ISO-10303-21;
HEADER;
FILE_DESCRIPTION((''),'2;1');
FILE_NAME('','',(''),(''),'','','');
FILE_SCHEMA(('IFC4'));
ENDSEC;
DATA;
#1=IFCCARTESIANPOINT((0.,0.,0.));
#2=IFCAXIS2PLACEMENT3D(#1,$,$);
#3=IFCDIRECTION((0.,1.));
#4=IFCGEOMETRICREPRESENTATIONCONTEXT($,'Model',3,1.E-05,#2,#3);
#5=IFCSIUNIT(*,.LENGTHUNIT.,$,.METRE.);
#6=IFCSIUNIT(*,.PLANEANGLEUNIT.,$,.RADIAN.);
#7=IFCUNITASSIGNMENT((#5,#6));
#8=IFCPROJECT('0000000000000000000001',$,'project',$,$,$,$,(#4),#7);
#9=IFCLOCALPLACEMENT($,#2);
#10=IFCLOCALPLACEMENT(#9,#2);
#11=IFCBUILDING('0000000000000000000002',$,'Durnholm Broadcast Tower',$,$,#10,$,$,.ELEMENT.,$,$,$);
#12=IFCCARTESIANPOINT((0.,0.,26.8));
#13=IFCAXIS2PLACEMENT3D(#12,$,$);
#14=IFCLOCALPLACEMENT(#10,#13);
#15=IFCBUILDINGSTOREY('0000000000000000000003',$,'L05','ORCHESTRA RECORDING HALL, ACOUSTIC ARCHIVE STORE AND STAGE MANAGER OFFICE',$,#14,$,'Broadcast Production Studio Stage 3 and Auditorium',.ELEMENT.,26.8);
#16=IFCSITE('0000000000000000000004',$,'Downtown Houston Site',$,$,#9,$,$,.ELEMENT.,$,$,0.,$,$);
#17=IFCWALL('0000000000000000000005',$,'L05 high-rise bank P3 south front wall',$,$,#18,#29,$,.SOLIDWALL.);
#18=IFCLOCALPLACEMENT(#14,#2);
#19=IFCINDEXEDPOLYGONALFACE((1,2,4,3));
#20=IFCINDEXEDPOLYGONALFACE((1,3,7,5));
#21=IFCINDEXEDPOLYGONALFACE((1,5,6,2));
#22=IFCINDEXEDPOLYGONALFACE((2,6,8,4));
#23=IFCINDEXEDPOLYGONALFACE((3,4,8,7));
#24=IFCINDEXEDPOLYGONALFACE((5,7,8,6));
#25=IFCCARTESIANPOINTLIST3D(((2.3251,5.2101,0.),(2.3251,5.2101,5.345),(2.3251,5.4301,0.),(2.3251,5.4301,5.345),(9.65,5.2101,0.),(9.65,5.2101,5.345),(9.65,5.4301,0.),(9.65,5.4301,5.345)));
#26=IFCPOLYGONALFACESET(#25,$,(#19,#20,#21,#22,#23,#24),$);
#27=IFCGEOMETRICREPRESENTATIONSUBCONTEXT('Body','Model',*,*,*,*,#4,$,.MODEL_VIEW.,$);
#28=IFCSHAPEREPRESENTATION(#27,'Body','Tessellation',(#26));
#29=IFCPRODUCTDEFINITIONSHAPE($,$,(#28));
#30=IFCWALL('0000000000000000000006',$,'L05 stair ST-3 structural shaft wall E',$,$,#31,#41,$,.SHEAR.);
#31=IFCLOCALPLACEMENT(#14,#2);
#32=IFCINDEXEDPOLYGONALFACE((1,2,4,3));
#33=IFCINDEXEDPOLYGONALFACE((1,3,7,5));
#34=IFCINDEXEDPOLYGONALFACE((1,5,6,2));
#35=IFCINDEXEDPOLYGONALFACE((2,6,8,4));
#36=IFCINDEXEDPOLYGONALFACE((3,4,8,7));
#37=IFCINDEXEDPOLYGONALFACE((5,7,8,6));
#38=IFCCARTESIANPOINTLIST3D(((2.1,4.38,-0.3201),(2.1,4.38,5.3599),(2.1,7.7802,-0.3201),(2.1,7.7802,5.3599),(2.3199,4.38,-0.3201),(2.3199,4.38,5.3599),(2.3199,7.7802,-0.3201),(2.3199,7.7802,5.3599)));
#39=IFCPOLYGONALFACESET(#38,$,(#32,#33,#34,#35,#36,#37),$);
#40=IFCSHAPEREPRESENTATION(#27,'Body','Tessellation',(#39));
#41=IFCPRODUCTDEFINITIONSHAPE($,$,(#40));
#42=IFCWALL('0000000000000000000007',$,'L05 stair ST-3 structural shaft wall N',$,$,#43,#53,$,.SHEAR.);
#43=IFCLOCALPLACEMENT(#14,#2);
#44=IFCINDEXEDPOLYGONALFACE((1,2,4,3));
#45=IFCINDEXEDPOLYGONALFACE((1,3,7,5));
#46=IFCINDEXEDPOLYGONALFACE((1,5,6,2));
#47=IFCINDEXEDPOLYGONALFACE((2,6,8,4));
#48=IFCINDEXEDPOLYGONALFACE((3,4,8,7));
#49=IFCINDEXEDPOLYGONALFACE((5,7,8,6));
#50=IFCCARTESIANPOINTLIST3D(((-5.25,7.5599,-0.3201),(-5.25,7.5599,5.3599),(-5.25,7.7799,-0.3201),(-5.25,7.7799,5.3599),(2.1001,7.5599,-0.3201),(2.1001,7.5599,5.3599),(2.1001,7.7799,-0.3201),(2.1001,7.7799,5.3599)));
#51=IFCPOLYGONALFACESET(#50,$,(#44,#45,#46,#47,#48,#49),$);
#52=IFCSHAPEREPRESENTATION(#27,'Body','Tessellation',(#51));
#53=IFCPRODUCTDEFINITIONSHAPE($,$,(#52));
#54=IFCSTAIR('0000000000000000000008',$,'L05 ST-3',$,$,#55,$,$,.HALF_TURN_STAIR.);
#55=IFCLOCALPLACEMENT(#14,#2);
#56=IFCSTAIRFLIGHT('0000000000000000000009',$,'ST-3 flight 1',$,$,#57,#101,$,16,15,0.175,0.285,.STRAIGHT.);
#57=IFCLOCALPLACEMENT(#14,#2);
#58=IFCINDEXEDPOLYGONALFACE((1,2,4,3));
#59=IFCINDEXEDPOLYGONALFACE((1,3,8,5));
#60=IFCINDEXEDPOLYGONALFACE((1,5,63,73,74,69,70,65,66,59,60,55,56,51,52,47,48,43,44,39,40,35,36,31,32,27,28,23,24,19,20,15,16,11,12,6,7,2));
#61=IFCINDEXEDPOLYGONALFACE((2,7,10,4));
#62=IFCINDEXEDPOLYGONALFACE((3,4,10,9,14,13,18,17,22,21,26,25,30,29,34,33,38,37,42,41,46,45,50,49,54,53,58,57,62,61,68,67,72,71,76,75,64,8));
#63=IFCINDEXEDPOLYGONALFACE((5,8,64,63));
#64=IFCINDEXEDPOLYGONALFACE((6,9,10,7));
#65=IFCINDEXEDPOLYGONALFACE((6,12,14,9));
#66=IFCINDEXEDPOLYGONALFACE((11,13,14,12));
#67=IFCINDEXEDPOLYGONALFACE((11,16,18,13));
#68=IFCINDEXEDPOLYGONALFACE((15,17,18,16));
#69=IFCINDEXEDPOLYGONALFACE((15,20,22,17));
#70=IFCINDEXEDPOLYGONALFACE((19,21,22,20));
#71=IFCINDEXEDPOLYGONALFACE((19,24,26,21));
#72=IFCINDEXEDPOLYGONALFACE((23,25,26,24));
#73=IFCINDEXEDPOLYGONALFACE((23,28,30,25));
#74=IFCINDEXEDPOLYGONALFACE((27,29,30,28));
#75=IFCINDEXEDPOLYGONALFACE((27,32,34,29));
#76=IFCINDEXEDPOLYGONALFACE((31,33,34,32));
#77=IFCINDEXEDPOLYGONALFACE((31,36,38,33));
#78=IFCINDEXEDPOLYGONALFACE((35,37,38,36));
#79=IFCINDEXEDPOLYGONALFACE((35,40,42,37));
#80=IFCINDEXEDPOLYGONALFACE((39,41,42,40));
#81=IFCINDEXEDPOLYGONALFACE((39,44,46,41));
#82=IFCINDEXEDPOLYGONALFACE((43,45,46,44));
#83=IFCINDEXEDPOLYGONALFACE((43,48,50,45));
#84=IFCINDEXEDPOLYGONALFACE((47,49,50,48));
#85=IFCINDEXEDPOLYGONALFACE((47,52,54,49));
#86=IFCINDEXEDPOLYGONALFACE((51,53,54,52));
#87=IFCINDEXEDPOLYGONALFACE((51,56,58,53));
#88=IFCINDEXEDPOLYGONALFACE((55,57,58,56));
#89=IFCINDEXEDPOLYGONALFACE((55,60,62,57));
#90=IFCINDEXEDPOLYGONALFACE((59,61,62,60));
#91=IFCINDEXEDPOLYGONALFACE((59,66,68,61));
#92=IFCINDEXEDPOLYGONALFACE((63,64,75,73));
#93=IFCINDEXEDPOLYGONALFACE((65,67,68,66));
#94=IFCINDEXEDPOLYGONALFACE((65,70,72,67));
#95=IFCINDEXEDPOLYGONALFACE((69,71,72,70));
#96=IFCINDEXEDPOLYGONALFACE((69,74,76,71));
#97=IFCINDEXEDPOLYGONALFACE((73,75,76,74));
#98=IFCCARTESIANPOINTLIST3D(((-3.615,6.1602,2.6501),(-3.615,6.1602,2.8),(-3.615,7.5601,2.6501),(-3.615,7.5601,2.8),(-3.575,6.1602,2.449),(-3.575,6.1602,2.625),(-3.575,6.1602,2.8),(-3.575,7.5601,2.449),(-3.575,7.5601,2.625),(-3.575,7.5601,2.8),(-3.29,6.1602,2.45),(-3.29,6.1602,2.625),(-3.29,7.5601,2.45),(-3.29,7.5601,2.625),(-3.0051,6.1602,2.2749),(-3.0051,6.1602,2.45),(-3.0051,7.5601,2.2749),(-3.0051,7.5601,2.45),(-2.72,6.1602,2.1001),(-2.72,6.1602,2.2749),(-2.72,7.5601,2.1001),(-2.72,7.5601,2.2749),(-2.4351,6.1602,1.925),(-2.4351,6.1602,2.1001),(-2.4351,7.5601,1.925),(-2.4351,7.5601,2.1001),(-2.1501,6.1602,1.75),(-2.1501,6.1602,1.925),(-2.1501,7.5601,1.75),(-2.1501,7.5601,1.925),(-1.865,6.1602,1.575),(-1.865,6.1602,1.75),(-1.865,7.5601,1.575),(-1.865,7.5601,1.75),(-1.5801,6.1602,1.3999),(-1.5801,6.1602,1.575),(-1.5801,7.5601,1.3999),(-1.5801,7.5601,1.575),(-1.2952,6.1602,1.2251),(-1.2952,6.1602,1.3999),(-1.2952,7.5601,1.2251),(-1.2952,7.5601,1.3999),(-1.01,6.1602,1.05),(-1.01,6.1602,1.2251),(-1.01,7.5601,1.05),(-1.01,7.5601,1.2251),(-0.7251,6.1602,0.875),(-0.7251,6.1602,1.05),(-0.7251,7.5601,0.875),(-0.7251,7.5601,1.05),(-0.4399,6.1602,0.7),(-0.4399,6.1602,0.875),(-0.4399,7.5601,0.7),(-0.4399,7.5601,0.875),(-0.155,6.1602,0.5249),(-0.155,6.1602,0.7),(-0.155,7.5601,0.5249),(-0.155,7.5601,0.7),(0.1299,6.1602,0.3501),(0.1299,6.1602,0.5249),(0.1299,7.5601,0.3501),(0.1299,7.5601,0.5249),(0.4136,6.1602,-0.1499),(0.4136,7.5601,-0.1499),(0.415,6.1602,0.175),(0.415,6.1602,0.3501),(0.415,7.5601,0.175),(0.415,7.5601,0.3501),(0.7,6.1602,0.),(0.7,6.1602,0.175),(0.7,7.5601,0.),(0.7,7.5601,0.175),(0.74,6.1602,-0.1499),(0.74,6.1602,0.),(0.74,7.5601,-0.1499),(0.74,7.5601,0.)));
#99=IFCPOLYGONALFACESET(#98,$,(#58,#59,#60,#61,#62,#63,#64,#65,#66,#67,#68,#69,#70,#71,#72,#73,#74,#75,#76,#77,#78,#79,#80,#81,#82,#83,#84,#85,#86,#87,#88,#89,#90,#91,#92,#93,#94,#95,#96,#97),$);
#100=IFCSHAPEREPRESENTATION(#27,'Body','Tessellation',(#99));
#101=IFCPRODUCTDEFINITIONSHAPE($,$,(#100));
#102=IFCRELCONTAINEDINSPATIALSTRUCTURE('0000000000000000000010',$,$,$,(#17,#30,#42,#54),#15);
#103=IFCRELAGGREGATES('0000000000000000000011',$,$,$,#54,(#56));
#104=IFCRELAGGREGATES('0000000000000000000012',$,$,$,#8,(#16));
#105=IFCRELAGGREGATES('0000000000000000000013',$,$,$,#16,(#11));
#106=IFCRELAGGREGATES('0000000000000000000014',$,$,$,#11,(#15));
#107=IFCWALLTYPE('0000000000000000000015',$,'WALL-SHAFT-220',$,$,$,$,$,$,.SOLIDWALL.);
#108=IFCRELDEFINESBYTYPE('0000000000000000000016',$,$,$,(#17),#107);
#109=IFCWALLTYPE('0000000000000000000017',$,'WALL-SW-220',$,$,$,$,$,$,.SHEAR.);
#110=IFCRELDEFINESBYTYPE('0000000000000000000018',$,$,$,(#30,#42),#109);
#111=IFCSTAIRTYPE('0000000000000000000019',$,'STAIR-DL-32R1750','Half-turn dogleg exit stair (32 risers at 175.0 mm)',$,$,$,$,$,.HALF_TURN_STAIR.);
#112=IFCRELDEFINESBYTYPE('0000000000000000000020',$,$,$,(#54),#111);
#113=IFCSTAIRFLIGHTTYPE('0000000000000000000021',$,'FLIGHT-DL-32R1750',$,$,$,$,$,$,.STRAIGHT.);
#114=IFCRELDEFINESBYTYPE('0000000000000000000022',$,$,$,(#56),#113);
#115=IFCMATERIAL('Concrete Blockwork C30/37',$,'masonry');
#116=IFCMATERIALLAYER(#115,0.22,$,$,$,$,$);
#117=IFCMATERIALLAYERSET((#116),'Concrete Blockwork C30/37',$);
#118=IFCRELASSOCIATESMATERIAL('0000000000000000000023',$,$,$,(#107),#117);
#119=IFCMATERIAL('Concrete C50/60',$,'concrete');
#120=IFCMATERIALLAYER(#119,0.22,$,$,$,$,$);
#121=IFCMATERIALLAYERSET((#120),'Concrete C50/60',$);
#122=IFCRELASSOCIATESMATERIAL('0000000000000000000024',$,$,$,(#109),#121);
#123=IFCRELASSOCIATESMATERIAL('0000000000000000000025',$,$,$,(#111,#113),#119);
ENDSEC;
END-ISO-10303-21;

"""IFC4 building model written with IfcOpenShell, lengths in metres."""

from ifc_helpers import new_model, si_unit, direction, frame, frame_2d, origin, place, context, subcontext, project, spatial, polyline, rectangle, outline, extrude, material, layer, layer_set, type_object, element, aggregate, save


model = new_model("IFC4")

# Units and contexts
model_context = context("Model", 3, precision=1e-05, world=origin(), true_north=direction((0.0, 1.0)))
body_context = subcontext(model_context, "Body", "Model", "MODEL_VIEW")
ifc_project = project(units=[si_unit("LENGTHUNIT", "METRE"), si_unit("PLANEANGLEUNIT", "RADIAN")], contexts=[model_context])

# Site, building, storey
site_placement = place(None, origin())
site = spatial("IfcSite", under=ifc_project, at=site_placement, Name="Downtown Houston Site", CompositionType="ELEMENT", RefElevation=0.0)
building_placement = place(site_placement, origin())
building = spatial("IfcBuilding", under=site, at=building_placement, Name="Durnholm Broadcast Tower", CompositionType="ELEMENT")
storey_placement = place(building_placement, frame((0.0, 0.0, 26.8)))
storey = spatial("IfcBuildingStorey", under=building, at=storey_placement, Name="L05", Description="ORCHESTRA RECORDING HALL, ACOUSTIC ARCHIVE STORE AND STAGE MANAGER OFFICE", LongName="Broadcast Production Studio Stage 3 and Auditorium", CompositionType="ELEMENT", Elevation=26.8)

# Walls
ifc_material_1 = material(Name="Concrete Blockwork C30/37", Category="masonry")
ifc_layer_1 = layer(ifc_material_1, 0.22)
ifc_layer_set_1 = layer_set([ifc_layer_1], Name="Concrete Blockwork C30/37")
wall_type_1 = type_object("IfcWallType", Name="WALL-SHAFT-220", PredefinedType="SOLIDWALL", material=ifc_layer_set_1)
wall_1_placement = place(storey_placement, frame((2.325, 5.3201, 0.0), z_axis=(0.0, 0.0, 1.0), x_axis=(1.0, 0.0, 0.0)))
element("IfcWall", 1, at=wall_1_placement, inside=storey, type_object=wall_type_1, Name="L05 high-rise bank P3 south front wall", PredefinedType="SOLIDWALL", context=body_context, shape_type="SweptSolid", body=[
    extrude(rectangle(XDim=7.325, YDim=0.22, at=frame_2d((3.6626, 0.0))), origin(), (0.0, 0.0, 1.0), 5.345),
])
ifc_material_2 = material(Name="Concrete C50/60", Category="concrete")
ifc_layer_2 = layer(ifc_material_2, 0.22)
ifc_layer_set_2 = layer_set([ifc_layer_2], Name="Concrete C50/60")
wall_type_2 = type_object("IfcWallType", Name="WALL-SW-220", PredefinedType="SHEAR", material=ifc_layer_set_2)
wall_2_placement = place(storey_placement, frame((2.21, 4.3799, -0.3201), z_axis=(0.0, 0.0, 1.0), x_axis=(0.0, 1.0, 0.0)))
element("IfcWall", 2, at=wall_2_placement, inside=storey, type_object=wall_type_2, Name="L05 stair ST-3 structural shaft wall E", PredefinedType="SHEAR", context=body_context, shape_type="SweptSolid", body=[
    extrude(rectangle(XDim=3.4001, YDim=0.22, at=frame_2d((1.7002, 0.0))), origin(), (0.0, 0.0, 1.0), 5.6799),
])
wall_3_placement = place(storey_placement, frame((2.1001, 7.6699, -0.3201), z_axis=(0.0, 0.0, 1.0), x_axis=(-1.0, 0.0, 0.0)))
element("IfcWall", 3, at=wall_3_placement, inside=storey, type_object=wall_type_2, Name="L05 stair ST-3 structural shaft wall N", PredefinedType="SHEAR", context=body_context, shape_type="SweptSolid", body=[
    extrude(rectangle(XDim=7.3501, YDim=0.22, at=frame_2d((3.675, 0.0))), origin(), (0.0, 0.0, 1.0), 5.6799),
])

# Stair, stair flight
stair_type = type_object("IfcStairType", Name="STAIR-DL-32R1750", Description="Half-turn dogleg exit stair (32 risers at 175.0 mm)", PredefinedType="HALF_TURN_STAIR", material=ifc_material_2)
stair_placement = place(storey_placement, origin())
stair = element("IfcStair", 4, at=stair_placement, inside=storey, type_object=stair_type, Name="L05 ST-3", PredefinedType="HALF_TURN_STAIR")
stair_flight_type = type_object("IfcStairFlightType", Name="FLIGHT-DL-32R1750", PredefinedType="STRAIGHT", material=ifc_material_2)
stair_flight_placement = place(storey_placement, frame((0.7, 6.8601, 0.0), z_axis=(0.0, 0.0, 1.0), x_axis=(-1.0, 0.0, 0.0)))
stair_flight = element("IfcStairFlight", 5, at=stair_flight_placement, type_object=stair_flight_type, Name="ST-3 flight 1", NumberOfRisers=16, NumberOfTreads=15, PredefinedType="STRAIGHT", RiserHeight=0.175, TreadLength=0.285, context=body_context, shape_type="SweptSolid", body=[
    extrude(outline(polyline([(-0.04, -0.1499), (-0.04, 0.0), (0.0, 0.0), (0.0, 0.175), (0.2849, 0.175), (0.2849, 0.3501), (0.5701, 0.3501), (0.5701, 0.5249), (0.855, 0.5249), (0.855, 0.7), (1.1399, 0.7), (1.1399, 0.875), (1.425, 0.875), (1.425, 1.05), (1.71, 1.05), (1.71, 1.2251), (1.9951, 1.2251), (1.9951, 1.3999), (2.28, 1.3999), (2.28, 1.575), (2.5649, 1.575), (2.5649, 1.75), (2.8501, 1.75), (2.8501, 1.925), (3.135, 1.925), (3.135, 2.1001), (3.4199, 2.1001), (3.4199, 2.2749), (3.7051, 2.2749), (3.7051, 2.45), (3.99, 2.45), (3.99, 2.625), (4.2749, 2.625), (4.2749, 2.8), (4.3149, 2.8), (4.3149, 2.6501), (4.2749, 2.449), (0.2864, -0.1499), (-0.04, -0.1499)])), frame((0.0, 0.7, 0.0), z_axis=(0.0, -1.0, 0.0), x_axis=(1.0, 0.0, 0.0)), (0.0, 0.0, 1.0), 1.3999),
])
aggregate(stair, [stair_flight])

save(model, "model.ifc")
